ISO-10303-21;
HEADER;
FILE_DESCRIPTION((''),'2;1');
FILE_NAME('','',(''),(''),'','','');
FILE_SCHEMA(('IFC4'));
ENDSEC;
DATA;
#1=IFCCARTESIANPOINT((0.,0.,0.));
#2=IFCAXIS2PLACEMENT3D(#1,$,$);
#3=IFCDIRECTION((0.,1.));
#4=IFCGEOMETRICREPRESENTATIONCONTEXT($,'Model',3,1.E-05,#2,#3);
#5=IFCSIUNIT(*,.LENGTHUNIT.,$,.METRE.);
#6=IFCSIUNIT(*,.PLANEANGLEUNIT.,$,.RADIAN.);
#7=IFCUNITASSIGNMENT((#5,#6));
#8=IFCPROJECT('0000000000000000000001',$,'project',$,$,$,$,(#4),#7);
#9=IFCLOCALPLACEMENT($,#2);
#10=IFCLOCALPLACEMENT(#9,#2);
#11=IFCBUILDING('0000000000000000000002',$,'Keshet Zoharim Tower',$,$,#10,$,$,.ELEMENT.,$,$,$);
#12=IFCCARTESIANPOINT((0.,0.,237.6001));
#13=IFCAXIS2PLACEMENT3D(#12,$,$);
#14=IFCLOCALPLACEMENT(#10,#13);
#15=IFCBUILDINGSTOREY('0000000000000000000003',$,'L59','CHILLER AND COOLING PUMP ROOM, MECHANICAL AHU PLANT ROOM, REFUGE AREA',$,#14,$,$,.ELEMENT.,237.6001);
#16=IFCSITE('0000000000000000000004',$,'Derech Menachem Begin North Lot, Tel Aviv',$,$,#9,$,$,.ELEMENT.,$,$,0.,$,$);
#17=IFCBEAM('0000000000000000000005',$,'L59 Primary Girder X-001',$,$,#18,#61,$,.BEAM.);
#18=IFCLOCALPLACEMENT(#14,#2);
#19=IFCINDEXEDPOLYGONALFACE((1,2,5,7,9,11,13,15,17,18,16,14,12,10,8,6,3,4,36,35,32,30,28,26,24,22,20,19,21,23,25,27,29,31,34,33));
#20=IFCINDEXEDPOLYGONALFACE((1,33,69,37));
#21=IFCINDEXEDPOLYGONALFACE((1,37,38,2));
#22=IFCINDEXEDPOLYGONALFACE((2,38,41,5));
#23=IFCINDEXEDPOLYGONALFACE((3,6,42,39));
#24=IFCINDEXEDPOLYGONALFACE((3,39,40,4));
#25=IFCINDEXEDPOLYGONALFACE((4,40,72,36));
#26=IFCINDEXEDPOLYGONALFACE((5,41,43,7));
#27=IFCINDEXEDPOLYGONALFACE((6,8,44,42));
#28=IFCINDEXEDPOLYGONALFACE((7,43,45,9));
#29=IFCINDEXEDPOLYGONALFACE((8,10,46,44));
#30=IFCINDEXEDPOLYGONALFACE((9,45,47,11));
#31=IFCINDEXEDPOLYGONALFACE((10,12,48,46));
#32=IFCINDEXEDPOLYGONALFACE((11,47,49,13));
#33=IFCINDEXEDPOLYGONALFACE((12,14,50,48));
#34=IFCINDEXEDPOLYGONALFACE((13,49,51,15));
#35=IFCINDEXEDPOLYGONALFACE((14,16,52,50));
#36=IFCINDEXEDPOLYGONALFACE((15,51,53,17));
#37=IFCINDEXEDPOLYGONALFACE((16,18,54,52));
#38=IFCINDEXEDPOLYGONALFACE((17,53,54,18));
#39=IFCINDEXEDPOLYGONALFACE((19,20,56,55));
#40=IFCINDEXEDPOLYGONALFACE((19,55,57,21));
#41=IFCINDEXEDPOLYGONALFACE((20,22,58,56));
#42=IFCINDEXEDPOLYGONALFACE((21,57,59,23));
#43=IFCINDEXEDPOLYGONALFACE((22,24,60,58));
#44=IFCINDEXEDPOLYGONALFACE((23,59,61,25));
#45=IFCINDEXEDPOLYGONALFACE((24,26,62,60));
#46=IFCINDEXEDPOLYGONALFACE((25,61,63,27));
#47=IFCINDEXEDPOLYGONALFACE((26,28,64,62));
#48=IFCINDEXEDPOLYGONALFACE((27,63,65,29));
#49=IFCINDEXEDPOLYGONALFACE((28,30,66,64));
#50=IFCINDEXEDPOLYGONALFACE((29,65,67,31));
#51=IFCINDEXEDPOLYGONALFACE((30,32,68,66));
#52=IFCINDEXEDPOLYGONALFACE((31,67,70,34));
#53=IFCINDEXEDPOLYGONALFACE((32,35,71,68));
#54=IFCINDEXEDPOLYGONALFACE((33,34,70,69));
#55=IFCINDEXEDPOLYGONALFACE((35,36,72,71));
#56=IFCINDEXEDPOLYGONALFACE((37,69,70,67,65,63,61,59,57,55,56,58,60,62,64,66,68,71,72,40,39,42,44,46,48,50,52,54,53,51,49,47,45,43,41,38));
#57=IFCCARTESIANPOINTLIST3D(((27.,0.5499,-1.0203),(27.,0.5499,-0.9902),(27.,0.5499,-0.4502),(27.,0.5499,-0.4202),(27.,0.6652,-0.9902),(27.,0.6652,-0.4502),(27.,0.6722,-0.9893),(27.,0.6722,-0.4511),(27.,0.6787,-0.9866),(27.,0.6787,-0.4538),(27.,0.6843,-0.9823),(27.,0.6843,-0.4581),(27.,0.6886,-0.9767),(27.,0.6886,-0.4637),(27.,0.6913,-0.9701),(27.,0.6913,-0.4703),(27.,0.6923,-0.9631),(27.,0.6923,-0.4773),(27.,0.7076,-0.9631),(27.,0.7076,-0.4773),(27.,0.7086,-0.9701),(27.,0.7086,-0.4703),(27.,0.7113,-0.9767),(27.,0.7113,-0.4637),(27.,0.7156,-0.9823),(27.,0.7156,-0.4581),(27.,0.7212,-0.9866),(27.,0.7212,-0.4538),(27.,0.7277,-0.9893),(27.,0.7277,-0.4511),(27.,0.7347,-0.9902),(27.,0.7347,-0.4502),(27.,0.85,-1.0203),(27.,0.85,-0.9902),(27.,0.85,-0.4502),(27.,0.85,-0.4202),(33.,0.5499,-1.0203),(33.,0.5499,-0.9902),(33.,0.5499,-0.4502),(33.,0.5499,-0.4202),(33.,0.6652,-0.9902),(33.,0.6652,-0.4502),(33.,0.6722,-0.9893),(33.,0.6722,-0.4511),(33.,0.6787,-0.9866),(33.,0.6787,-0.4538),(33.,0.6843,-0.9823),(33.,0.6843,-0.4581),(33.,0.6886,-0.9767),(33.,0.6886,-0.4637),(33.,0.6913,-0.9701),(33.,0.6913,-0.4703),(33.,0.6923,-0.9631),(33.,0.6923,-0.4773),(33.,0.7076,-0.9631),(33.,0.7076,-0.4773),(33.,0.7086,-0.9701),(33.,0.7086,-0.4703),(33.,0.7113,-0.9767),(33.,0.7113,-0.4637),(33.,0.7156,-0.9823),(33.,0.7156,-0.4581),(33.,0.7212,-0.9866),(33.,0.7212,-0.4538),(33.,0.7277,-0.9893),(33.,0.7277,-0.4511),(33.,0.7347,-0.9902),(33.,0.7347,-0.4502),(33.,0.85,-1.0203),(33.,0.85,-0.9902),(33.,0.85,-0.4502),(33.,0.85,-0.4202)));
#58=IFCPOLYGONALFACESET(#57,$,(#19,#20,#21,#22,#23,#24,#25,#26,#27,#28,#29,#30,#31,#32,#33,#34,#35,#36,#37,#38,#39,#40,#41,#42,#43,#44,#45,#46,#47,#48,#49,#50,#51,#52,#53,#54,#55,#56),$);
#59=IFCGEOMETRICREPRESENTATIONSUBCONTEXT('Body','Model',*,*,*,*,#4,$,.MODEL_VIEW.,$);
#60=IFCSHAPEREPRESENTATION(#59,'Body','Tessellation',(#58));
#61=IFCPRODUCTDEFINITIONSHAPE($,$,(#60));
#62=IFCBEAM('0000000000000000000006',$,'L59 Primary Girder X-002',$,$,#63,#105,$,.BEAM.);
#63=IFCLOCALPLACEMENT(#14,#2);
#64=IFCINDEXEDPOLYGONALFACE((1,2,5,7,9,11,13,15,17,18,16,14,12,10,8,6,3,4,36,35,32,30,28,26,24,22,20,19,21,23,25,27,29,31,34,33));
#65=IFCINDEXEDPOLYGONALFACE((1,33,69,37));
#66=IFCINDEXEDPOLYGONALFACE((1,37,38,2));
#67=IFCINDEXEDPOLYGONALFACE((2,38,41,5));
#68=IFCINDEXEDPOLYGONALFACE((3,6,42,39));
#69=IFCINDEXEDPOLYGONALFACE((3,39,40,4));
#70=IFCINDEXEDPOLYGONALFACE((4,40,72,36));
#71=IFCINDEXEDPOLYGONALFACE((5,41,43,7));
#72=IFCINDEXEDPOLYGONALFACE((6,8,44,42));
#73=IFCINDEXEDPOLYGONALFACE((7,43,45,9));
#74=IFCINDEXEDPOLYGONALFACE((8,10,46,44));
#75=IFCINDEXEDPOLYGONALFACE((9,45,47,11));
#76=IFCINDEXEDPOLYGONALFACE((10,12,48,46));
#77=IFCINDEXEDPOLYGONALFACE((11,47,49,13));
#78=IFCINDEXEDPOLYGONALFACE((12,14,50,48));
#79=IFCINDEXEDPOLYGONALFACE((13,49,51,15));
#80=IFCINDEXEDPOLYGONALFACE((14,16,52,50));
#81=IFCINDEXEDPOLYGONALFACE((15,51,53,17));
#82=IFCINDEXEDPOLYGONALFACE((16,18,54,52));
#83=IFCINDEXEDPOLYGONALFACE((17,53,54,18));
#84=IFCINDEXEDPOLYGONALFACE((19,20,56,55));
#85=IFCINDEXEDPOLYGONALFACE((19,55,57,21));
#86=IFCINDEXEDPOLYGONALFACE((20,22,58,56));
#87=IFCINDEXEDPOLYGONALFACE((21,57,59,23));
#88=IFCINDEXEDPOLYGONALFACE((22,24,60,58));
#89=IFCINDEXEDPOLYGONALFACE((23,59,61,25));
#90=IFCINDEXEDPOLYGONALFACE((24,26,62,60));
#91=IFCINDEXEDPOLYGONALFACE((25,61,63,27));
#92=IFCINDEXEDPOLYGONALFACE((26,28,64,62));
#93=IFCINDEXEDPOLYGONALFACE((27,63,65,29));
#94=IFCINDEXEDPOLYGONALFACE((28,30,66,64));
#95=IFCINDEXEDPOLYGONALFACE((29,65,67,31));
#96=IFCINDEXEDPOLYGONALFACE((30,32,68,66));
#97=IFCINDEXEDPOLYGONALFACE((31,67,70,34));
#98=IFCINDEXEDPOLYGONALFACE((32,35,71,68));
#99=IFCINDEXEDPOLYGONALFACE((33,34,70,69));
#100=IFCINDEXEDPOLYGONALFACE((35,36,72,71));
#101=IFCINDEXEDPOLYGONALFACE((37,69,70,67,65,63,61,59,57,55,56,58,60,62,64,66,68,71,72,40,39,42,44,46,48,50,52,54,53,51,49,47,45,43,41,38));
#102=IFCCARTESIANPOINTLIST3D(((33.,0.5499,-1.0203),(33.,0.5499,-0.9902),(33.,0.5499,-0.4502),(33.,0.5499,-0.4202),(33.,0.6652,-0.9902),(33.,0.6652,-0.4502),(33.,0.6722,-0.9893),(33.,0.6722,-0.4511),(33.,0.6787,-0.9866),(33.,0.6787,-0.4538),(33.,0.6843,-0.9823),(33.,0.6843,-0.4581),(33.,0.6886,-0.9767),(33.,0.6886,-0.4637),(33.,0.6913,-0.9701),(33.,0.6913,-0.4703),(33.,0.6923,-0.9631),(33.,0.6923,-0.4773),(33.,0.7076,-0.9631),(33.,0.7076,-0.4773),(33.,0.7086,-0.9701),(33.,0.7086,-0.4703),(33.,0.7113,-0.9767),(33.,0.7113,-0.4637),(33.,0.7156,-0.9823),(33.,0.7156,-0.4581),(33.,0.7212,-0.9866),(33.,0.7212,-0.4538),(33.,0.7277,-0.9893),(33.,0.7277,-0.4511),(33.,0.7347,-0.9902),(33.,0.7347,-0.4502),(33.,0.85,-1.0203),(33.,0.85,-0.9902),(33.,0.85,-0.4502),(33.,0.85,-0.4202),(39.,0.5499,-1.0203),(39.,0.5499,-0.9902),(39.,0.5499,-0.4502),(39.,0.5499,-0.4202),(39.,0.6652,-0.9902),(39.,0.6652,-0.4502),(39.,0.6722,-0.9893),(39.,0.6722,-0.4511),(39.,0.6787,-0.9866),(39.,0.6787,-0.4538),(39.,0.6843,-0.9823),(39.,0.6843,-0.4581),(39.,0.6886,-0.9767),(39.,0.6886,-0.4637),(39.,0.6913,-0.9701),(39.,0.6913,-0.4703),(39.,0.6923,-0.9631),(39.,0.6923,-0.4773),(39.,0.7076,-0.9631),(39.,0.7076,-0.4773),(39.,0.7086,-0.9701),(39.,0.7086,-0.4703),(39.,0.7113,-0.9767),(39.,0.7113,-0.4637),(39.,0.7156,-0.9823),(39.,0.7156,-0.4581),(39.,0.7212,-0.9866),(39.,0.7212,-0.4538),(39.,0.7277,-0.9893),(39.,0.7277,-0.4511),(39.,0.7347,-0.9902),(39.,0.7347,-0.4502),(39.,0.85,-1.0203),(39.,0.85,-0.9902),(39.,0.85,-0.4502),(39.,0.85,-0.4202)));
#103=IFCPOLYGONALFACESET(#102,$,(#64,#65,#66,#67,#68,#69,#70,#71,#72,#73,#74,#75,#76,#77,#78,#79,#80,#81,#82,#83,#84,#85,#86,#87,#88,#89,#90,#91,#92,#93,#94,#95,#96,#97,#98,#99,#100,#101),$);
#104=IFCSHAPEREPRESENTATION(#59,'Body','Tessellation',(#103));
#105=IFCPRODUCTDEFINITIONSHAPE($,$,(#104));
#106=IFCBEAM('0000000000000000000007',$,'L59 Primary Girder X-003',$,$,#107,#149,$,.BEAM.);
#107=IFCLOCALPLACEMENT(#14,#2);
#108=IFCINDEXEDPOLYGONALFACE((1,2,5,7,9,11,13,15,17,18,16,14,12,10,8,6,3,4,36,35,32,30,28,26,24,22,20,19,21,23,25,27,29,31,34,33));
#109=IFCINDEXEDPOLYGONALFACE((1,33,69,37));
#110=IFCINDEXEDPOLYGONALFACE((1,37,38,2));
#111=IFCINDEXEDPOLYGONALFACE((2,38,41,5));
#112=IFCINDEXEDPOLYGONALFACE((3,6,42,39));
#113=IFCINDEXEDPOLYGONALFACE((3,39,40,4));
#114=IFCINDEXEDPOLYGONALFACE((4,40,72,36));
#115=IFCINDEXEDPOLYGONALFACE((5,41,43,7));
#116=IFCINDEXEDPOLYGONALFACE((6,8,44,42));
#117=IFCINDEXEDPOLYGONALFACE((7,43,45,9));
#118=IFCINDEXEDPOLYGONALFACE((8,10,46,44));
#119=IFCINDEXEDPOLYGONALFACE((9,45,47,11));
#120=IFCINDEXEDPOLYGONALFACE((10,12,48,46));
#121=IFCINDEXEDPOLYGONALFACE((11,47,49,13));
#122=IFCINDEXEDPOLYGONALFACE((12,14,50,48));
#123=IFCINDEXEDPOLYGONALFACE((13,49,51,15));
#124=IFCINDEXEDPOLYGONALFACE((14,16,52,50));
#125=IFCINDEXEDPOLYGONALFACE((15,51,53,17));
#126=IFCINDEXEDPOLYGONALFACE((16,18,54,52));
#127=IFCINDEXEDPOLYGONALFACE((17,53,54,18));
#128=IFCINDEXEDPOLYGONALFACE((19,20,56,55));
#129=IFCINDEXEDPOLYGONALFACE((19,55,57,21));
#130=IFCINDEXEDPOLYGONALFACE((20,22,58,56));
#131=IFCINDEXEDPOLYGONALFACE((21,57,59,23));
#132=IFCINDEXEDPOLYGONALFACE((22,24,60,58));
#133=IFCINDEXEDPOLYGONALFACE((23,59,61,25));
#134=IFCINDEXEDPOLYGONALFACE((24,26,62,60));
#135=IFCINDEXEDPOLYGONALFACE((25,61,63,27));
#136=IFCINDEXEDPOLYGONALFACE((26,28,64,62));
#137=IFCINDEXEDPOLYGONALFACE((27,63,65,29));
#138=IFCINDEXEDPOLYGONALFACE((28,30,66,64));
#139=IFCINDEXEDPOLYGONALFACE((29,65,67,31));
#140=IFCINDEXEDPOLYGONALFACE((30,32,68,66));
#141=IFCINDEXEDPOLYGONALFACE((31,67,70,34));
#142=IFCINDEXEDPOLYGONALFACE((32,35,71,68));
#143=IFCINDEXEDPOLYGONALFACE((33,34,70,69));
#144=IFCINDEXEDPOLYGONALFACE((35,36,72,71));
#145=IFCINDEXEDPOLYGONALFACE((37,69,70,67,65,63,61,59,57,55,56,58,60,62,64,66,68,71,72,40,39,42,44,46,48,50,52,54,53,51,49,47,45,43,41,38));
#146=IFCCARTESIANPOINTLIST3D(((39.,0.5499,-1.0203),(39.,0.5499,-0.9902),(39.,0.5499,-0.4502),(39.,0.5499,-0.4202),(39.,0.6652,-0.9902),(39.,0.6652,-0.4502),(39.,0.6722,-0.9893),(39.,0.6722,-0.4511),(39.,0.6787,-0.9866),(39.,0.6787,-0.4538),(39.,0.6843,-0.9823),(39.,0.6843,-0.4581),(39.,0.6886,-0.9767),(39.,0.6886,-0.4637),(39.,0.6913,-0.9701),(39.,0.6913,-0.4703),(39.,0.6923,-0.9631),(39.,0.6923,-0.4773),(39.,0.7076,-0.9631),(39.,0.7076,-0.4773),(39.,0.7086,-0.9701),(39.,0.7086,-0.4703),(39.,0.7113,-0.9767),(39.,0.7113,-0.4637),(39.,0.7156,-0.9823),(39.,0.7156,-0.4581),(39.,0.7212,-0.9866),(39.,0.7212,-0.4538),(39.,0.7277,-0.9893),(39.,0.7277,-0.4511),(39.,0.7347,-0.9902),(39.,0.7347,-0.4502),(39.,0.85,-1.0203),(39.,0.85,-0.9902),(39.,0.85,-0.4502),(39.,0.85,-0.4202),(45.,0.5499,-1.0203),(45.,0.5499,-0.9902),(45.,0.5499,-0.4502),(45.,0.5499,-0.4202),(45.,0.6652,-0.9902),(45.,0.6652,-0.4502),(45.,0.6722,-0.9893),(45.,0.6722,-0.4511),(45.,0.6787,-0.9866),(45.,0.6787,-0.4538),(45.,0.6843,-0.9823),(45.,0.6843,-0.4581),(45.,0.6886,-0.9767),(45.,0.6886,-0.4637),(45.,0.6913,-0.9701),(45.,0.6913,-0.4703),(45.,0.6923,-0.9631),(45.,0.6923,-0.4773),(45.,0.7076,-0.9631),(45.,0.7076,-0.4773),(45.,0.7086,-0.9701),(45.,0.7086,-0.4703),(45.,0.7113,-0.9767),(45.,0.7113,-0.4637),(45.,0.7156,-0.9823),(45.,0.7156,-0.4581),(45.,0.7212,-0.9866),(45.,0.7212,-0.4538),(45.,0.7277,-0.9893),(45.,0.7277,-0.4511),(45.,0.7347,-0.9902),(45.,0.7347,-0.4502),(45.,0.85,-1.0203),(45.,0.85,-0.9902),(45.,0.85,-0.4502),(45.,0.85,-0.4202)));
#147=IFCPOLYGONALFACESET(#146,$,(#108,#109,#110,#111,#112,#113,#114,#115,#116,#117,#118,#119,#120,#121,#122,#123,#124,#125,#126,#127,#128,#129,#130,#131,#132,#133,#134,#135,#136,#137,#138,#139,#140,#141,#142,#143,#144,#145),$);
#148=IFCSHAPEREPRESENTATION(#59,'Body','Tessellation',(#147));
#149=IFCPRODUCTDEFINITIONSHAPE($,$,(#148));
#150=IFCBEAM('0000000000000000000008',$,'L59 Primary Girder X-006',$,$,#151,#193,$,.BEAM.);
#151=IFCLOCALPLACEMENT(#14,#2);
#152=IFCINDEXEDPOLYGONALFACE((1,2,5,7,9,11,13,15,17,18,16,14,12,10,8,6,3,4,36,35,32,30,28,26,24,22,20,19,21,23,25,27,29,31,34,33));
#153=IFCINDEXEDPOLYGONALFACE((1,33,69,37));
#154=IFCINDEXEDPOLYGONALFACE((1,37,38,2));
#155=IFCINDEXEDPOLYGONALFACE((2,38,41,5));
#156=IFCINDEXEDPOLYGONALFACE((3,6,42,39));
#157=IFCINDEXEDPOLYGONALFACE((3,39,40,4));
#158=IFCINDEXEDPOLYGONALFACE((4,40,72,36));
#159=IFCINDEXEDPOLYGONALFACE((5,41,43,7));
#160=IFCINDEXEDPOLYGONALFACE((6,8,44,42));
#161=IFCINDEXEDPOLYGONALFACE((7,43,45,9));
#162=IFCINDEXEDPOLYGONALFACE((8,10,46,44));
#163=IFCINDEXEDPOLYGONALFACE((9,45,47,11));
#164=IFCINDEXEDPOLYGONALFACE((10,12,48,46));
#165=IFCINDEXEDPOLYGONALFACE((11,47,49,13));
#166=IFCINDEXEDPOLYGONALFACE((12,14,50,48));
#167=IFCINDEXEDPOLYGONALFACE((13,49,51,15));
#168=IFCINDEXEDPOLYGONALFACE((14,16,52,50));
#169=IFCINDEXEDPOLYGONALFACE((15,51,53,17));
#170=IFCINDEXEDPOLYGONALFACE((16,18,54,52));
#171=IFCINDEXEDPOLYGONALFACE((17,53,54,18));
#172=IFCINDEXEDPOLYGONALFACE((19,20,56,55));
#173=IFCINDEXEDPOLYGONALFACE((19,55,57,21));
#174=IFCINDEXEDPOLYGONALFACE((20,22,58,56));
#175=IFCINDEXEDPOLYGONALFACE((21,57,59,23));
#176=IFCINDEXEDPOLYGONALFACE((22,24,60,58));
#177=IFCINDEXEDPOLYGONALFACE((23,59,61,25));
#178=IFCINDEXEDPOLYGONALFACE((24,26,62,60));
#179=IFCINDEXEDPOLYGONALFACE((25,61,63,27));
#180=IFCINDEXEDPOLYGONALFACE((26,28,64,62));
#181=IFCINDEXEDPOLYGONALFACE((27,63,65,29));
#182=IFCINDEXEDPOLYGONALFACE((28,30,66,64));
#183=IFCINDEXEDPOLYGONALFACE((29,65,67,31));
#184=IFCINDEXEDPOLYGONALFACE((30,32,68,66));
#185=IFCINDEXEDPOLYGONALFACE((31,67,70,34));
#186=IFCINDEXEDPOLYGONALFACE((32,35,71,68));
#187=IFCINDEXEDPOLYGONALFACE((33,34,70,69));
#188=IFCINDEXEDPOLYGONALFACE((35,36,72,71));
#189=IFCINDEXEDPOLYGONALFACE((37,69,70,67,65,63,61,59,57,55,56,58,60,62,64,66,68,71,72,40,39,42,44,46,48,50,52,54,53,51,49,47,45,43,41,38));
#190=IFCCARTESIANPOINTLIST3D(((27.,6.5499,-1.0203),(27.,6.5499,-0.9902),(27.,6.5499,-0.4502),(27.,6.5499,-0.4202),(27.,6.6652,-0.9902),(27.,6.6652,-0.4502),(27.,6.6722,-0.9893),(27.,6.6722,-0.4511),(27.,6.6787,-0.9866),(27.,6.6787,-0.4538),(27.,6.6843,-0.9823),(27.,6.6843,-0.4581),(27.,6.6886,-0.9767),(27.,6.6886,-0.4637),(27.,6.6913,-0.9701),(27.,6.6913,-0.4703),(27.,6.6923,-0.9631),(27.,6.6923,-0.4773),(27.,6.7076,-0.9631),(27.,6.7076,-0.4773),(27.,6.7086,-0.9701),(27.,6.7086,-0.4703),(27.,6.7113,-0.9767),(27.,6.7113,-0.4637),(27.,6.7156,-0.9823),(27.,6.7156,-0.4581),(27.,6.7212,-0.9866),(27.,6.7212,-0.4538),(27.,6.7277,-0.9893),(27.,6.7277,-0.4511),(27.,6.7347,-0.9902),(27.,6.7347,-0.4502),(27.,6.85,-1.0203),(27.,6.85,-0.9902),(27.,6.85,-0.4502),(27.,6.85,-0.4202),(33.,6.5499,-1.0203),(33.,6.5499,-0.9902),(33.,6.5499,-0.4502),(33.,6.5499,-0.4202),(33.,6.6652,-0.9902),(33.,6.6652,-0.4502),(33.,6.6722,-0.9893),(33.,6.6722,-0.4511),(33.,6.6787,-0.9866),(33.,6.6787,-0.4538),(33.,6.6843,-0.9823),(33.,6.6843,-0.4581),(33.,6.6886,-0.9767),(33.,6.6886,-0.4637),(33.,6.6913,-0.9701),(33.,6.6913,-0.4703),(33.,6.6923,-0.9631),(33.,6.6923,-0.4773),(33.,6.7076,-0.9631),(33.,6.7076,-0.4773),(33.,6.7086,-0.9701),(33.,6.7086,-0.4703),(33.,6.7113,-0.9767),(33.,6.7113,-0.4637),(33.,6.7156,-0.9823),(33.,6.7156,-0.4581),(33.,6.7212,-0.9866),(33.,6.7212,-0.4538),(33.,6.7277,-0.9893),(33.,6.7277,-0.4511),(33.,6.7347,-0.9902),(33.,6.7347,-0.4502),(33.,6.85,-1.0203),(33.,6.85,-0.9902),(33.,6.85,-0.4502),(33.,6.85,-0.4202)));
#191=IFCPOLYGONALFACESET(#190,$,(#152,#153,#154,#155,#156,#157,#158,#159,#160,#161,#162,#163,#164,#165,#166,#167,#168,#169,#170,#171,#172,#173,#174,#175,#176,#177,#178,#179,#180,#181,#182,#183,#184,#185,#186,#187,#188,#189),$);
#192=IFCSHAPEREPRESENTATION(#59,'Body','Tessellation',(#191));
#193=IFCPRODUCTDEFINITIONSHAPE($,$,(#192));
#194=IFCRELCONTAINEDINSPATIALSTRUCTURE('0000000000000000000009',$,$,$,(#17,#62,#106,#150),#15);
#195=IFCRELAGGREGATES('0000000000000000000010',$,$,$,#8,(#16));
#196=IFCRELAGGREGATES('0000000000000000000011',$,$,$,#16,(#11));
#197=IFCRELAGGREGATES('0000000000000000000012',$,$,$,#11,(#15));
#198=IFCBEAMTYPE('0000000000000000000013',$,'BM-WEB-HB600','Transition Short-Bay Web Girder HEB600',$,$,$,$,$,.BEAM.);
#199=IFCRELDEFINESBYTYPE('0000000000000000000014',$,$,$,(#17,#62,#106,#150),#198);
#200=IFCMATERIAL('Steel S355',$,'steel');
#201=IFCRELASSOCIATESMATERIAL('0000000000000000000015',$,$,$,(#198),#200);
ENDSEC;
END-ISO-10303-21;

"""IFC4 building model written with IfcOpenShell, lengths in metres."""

from ifc_helpers import new_model, si_unit, direction, frame, origin, origin_2d, place, context, subcontext, project, spatial, i_section, extrude, material, material_profile, profile_set, type_object, element, save


model = new_model("IFC4")

# Units and contexts
model_context = context("Model", 3, precision=1e-05, world=origin(), true_north=direction((0.0, 1.0)))
body_context = subcontext(model_context, "Body", "Model", "MODEL_VIEW")
ifc_project = project(units=[si_unit("LENGTHUNIT", "METRE"), si_unit("PLANEANGLEUNIT", "RADIAN")], contexts=[model_context])

# Site, building, storey
site_placement = place(None, origin())
site = spatial("IfcSite", under=ifc_project, at=site_placement, Name="Derech Menachem Begin North Lot, Tel Aviv", CompositionType="ELEMENT", RefElevation=0.0)
building_placement = place(site_placement, origin())
building = spatial("IfcBuilding", under=site, at=building_placement, Name="Keshet Zoharim Tower", CompositionType="ELEMENT")
storey_placement = place(building_placement, frame((0.0, 0.0, 237.6001)))
storey = spatial("IfcBuildingStorey", under=building, at=storey_placement, Name="L59", Description="CHILLER AND COOLING PUMP ROOM, MECHANICAL AHU PLANT ROOM, REFUGE AREA", CompositionType="ELEMENT", Elevation=237.6001)

# Shared definitions
ifc_material_1 = material(Name="Steel S355", Category="steel")

# Beams
ifc_material_profile_1 = material_profile(ifc_material_1, i_section(OverallWidth=0.3, OverallDepth=0.6001, WebThickness=0.0154, FlangeThickness=0.03, FilletRadius=0.0271, at=origin_2d()), Name="HEB600")
ifc_profile_set_1 = profile_set([ifc_material_profile_1], Name="Steel S355")
beam_type_1 = type_object("IfcBeamType", Name="BM-WEB-HB600", Description="Transition Short-Bay Web Girder HEB600", PredefinedType="BEAM", material=ifc_profile_set_1)
for number, where, z_axis, x_axis, name in (
    (1, (27.0, 0.7, -0.7202), (1.0, 0.0, 0.0), (0.0, 1.0, 0.0), "L59 Primary Girder X-001"),
    (2, (33.0, 0.7, -0.7202), (1.0, 0.0, 0.0), (0.0, 1.0, 0.0), "L59 Primary Girder X-002"),
    (3, (39.0, 0.7, -0.7202), (1.0, 0.0, 0.0), (0.0, 1.0, 0.0), "L59 Primary Girder X-003"),
    (4, (27.0, 6.7, -0.7202), (1.0, 0.0, 0.0), (0.0, 1.0, 0.0), "L59 Primary Girder X-006"),
):
    element("IfcBeam", number, at=place(storey_placement, frame(where, z_axis=z_axis, x_axis=x_axis)), inside=storey, type_object=beam_type_1, Name=name, PredefinedType="BEAM", context=body_context, shape_type="SweptSolid", body=[
        extrude(i_section(OverallWidth=0.3, OverallDepth=0.6001, WebThickness=0.0154, FlangeThickness=0.03, FilletRadius=0.0271, at=origin_2d()), origin(), (0.0, 0.0, 1.0), 6.0),
    ])

save(model, "model.ifc")
